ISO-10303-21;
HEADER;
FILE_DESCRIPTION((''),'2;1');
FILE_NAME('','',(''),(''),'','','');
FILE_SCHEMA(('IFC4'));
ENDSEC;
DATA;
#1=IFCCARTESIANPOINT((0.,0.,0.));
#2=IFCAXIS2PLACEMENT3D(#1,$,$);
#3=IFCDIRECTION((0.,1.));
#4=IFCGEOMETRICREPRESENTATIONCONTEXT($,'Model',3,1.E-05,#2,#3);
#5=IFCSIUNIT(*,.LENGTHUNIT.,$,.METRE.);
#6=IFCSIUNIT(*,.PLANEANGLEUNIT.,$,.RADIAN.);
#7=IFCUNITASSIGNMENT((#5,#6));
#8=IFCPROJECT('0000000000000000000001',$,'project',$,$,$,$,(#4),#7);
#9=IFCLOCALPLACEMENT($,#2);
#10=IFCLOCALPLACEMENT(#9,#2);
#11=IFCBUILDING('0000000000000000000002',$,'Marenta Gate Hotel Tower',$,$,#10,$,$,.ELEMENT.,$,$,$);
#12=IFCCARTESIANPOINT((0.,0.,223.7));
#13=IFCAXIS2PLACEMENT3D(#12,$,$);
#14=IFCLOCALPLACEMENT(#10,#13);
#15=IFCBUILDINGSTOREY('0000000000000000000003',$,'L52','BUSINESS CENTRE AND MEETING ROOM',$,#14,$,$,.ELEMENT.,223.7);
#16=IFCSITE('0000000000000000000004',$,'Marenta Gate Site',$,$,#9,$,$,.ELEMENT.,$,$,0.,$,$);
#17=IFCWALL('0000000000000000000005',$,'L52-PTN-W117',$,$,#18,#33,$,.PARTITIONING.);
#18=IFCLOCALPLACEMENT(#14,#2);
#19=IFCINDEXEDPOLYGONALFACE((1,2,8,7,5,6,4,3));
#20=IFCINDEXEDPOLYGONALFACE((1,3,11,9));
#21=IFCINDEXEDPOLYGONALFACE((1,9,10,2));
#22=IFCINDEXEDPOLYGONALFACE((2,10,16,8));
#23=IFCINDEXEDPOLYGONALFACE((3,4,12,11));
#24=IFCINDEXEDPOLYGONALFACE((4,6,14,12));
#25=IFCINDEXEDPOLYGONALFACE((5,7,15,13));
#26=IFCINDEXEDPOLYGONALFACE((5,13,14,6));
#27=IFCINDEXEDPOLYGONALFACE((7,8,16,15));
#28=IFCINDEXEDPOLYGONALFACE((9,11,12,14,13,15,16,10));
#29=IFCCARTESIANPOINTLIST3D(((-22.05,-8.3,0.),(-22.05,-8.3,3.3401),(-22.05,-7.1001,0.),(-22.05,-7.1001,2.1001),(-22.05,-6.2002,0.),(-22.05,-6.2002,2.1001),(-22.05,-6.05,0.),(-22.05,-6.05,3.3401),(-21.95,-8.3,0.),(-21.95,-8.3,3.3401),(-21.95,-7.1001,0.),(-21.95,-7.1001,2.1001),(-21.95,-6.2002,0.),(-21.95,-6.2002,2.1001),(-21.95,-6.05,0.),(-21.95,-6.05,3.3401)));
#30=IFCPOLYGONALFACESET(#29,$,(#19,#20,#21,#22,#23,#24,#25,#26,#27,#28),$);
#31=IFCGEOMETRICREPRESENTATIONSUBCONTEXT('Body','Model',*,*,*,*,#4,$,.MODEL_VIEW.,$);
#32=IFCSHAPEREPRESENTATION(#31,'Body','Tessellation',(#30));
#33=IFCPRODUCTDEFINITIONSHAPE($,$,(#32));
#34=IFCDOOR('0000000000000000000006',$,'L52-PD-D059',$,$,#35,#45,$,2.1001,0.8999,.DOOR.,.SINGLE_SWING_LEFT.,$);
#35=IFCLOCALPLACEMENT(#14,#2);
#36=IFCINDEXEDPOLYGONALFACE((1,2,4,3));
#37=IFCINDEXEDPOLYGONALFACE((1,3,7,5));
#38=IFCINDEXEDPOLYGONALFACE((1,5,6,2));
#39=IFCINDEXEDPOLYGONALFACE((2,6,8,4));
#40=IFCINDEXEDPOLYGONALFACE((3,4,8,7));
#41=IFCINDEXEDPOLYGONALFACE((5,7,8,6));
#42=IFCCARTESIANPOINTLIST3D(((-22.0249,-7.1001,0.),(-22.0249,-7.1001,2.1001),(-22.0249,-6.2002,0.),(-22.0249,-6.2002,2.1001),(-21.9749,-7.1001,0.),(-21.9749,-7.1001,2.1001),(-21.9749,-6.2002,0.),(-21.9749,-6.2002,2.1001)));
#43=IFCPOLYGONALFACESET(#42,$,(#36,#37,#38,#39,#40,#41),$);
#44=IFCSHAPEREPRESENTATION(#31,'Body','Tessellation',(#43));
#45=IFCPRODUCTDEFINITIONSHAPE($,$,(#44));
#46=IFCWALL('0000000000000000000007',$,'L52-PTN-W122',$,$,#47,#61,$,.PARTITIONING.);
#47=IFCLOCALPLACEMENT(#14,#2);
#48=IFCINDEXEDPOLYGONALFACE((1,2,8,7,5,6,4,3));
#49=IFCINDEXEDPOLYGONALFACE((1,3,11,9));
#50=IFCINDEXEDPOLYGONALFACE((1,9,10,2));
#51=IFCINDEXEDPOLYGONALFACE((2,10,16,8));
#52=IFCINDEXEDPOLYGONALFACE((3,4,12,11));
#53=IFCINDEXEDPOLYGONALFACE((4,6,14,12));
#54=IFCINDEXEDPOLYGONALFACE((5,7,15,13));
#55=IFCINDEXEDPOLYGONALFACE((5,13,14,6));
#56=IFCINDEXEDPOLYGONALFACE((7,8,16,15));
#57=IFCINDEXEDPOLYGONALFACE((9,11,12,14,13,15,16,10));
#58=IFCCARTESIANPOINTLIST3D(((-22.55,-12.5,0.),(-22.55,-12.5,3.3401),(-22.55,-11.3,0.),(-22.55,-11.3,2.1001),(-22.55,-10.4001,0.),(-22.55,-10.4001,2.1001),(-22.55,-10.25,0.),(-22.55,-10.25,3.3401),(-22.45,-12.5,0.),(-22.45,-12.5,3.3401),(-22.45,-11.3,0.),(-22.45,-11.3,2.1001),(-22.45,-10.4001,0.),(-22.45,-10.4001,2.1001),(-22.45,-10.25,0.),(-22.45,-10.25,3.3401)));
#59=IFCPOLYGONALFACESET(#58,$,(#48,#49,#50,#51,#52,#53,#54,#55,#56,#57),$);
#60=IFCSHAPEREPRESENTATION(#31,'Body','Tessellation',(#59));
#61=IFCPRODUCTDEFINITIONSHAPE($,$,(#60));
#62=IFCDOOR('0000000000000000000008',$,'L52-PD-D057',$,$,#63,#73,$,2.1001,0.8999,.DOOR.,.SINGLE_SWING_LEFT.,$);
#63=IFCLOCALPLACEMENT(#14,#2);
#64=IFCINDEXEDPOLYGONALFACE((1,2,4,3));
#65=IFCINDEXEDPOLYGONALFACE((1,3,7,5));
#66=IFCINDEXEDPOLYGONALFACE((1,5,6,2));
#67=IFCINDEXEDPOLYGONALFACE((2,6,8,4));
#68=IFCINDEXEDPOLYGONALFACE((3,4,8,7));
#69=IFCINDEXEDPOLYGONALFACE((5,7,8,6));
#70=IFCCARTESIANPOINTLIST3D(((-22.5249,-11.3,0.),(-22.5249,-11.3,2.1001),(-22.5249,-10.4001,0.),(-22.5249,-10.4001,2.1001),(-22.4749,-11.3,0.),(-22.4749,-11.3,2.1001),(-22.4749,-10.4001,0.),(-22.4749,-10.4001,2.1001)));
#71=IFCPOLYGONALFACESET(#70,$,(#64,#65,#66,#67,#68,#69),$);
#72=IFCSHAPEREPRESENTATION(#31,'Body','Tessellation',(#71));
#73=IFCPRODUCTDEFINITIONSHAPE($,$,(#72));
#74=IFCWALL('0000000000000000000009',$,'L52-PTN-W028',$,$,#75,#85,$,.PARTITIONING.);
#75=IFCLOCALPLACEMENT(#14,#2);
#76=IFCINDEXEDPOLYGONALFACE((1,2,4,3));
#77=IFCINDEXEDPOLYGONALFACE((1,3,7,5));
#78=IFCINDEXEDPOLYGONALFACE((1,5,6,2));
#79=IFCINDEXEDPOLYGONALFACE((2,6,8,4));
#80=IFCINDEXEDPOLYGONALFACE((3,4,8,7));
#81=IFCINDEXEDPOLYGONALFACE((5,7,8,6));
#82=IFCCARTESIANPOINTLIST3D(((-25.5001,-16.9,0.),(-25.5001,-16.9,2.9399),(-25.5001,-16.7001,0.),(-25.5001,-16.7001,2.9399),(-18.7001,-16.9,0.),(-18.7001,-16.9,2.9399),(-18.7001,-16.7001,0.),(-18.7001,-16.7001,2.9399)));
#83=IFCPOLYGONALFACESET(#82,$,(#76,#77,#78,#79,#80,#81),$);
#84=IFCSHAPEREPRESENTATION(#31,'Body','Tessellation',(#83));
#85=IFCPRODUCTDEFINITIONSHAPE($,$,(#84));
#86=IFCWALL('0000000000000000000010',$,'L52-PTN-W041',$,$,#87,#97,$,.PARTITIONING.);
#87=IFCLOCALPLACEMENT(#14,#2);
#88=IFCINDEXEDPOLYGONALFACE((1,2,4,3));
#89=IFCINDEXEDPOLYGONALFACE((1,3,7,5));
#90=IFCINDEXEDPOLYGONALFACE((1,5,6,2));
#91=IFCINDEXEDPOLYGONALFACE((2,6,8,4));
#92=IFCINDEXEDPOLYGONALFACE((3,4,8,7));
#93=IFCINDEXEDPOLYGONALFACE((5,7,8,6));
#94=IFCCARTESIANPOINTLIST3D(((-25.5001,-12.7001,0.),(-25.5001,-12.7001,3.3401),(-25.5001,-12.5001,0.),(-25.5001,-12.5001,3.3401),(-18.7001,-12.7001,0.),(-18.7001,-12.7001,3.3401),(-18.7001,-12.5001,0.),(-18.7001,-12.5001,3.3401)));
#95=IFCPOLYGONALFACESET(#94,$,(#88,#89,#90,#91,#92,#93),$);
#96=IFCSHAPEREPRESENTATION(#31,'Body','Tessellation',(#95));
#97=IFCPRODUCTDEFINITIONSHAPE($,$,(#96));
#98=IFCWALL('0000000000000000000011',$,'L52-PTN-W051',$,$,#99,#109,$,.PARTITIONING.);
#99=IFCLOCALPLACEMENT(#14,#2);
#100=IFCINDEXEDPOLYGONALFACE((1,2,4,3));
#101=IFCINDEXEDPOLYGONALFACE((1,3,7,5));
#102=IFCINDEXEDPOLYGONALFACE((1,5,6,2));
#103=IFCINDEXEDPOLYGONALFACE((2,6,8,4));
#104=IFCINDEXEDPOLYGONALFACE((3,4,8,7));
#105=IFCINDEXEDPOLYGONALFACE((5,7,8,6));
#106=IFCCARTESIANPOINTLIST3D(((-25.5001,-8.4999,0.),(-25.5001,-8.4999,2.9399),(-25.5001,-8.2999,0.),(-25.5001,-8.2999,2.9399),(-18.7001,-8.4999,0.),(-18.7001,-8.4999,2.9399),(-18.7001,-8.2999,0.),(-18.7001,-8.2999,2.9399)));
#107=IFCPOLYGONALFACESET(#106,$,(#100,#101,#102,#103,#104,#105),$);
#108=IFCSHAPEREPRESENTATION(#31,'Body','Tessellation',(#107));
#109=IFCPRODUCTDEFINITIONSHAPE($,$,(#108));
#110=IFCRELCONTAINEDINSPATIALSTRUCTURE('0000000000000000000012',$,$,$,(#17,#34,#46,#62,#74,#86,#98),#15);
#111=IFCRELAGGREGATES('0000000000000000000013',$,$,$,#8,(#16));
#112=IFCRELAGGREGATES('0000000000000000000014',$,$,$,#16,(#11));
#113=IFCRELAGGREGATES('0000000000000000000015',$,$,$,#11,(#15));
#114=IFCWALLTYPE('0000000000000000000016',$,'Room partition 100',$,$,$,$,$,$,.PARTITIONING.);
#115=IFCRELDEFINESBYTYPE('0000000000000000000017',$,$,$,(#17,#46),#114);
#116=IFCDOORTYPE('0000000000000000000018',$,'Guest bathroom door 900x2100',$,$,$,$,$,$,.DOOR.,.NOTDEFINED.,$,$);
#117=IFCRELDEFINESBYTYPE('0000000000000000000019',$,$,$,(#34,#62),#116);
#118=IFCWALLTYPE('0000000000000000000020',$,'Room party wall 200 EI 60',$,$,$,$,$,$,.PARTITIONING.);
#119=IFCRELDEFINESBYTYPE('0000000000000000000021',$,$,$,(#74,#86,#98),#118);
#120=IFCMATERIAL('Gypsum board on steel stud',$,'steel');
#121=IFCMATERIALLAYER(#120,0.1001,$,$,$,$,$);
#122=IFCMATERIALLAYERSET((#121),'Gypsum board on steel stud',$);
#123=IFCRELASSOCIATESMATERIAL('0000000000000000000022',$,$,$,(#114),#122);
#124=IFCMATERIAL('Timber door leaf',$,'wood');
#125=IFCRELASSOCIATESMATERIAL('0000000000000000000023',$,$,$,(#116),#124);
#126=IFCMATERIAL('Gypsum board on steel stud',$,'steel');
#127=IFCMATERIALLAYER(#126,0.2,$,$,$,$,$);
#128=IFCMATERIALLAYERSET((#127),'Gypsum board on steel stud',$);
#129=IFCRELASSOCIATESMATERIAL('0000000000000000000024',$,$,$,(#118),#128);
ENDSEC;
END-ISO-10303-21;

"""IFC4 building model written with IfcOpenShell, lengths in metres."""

from ifc_helpers import new_model, si_unit, direction, frame, frame_2d, origin, place, context, subcontext, project, spatial, rectangle, extrude, material, layer, layer_set, type_object, element, fill, save


model = new_model("IFC4")

# Units and contexts
model_context = context("Model", 3, precision=1e-05, world=origin(), true_north=direction((0.0, 1.0)))
body_context = subcontext(model_context, "Body", "Model", "MODEL_VIEW")
ifc_project = project(units=[si_unit("LENGTHUNIT", "METRE"), si_unit("PLANEANGLEUNIT", "RADIAN")], contexts=[model_context])

# Site, building, storey
site_placement = place(None, origin())
site = spatial("IfcSite", under=ifc_project, at=site_placement, Name="Marenta Gate Site", CompositionType="ELEMENT", RefElevation=0.0)
building_placement = place(site_placement, origin())
building = spatial("IfcBuilding", under=site, at=building_placement, Name="Marenta Gate Hotel Tower", CompositionType="ELEMENT")
storey_placement = place(building_placement, frame((0.0, 0.0, 223.7)))
storey = spatial("IfcBuildingStorey", under=building, at=storey_placement, Name="L52", Description="BUSINESS CENTRE AND MEETING ROOM", CompositionType="ELEMENT", Elevation=223.7)

# Shared definitions
ifc_material_1 = material(Name="Gypsum board on steel stud", Category="steel")
ifc_layer_1 = layer(ifc_material_1, 0.1001)
ifc_layer_set_1 = layer_set([ifc_layer_1], Name="Gypsum board on steel stud")
wall_type_1 = type_object("IfcWallType", Name="Room partition 100", PredefinedType="PARTITIONING", material=ifc_layer_set_1)

# Walls, openings, doors
ifc_material_2 = material(Name="Timber door leaf", Category="wood")
door_type = type_object("IfcDoorType", Name="Guest bathroom door 900x2100", OperationType="NOTDEFINED", PredefinedType="DOOR", material=ifc_material_2)
wall_1_placement = place(storey_placement, frame((-22.0, -8.3, 0.0), z_axis=(0.0, 0.0, 1.0), x_axis=(0.0, 1.0, 0.0)))
wall_1 = element("IfcWall", 1, at=wall_1_placement, inside=storey, type_object=wall_type_1, Name="L52-PTN-W117", PredefinedType="PARTITIONING", context=body_context, shape_type="SweptSolid", body=[
    extrude(rectangle(XDim=2.25, YDim=0.1001, at=frame_2d((1.125, 0.0))), origin(), (0.0, 0.0, 1.0), 3.3401),
])
opening_1_placement = place(wall_1_placement, frame((1.2, 0.0, 0.0)))
opening_1 = element("IfcOpeningElement", 2, at=opening_1_placement, cuts=wall_1, PredefinedType="OPENING", context=body_context, shape_type="SweptSolid", body=[
    extrude(rectangle(XDim=0.8999, YDim=2.1001, at=frame_2d((0.45, 1.05))), frame((0.0, 0.05, 0.0), z_axis=(0.0, -1.0, 0.0), x_axis=(1.0, 0.0, 0.0)), (0.0, 0.0, 1.0), 0.1001),
])
door_1_placement = place(opening_1_placement, origin())
door_1 = element("IfcDoor", 3, at=door_1_placement, inside=storey, type_object=door_type, Name="L52-PD-D059", OperationType="SINGLE_SWING_LEFT", OverallHeight=2.1001, OverallWidth=0.8999, PredefinedType="DOOR", context=body_context, shape_type="SweptSolid", body=[
    extrude(rectangle(XDim=0.8999, YDim=2.1001, at=frame_2d((0.45, 1.05))), frame((0.0, 0.0249, 0.0), z_axis=(0.0, -1.0, 0.0), x_axis=(1.0, 0.0, 0.0)), (0.0, 0.0, 1.0), 0.05),
])
fill(opening_1, door_1)
wall_2_placement = place(storey_placement, frame((-22.5, -12.5, 0.0), z_axis=(0.0, 0.0, 1.0), x_axis=(0.0, 1.0, 0.0)))
wall_2 = element("IfcWall", 4, at=wall_2_placement, inside=storey, type_object=wall_type_1, Name="L52-PTN-W122", PredefinedType="PARTITIONING", context=body_context, shape_type="SweptSolid", body=[
    extrude(rectangle(XDim=2.25, YDim=0.1001, at=frame_2d((1.125, 0.0))), origin(), (0.0, 0.0, 1.0), 3.3401),
])
opening_2_placement = place(wall_2_placement, frame((1.2, 0.0, 0.0)))
opening_2 = element("IfcOpeningElement", 5, at=opening_2_placement, cuts=wall_2, PredefinedType="OPENING", context=body_context, shape_type="SweptSolid", body=[
    extrude(rectangle(XDim=0.8999, YDim=2.1001, at=frame_2d((0.45, 1.05))), frame((0.0, 0.05, 0.0), z_axis=(0.0, -1.0, 0.0), x_axis=(1.0, 0.0, 0.0)), (0.0, 0.0, 1.0), 0.1001),
])
door_2_placement = place(opening_2_placement, origin())
door_2 = element("IfcDoor", 6, at=door_2_placement, inside=storey, type_object=door_type, Name="L52-PD-D057", OperationType="SINGLE_SWING_LEFT", OverallHeight=2.1001, OverallWidth=0.8999, PredefinedType="DOOR", context=body_context, shape_type="SweptSolid", body=[
    extrude(rectangle(XDim=0.8999, YDim=2.1001, at=frame_2d((0.45, 1.05))), frame((0.0, 0.0249, 0.0), z_axis=(0.0, -1.0, 0.0), x_axis=(1.0, 0.0, 0.0)), (0.0, 0.0, 1.0), 0.05),
])
fill(opening_2, door_2)

# Walls
ifc_material_3 = material(Name="Gypsum board on steel stud", Category="steel")
ifc_layer_2 = layer(ifc_material_3, 0.2)
ifc_layer_set_2 = layer_set([ifc_layer_2], Name="Gypsum board on steel stud")
wall_type_2 = type_object("IfcWallType", Name="Room party wall 200 EI 60", PredefinedType="PARTITIONING", material=ifc_layer_set_2)
wall_3_placement = place(storey_placement, frame((-25.5, -16.8, 0.0), z_axis=(0.0, 0.0, 1.0), x_axis=(1.0, 0.0, 0.0)))
element("IfcWall", 7, at=wall_3_placement, inside=storey, type_object=wall_type_2, Name="L52-PTN-W028", PredefinedType="PARTITIONING", context=body_context, shape_type="SweptSolid", body=[
    extrude(rectangle(XDim=6.8, YDim=0.2, at=frame_2d((3.3999, 0.0))), origin(), (0.0, 0.0, 1.0), 2.9399),
])
wall_4_placement = place(storey_placement, frame((-25.5, -12.6001, 0.0), z_axis=(0.0, 0.0, 1.0), x_axis=(1.0, 0.0, 0.0)))
element("IfcWall", 8, at=wall_4_placement, inside=storey, type_object=wall_type_2, Name="L52-PTN-W041", PredefinedType="PARTITIONING", context=body_context, shape_type="SweptSolid", body=[
    extrude(rectangle(XDim=6.8, YDim=0.2, at=frame_2d((3.3999, 0.0))), origin(), (0.0, 0.0, 1.0), 3.3401),
])
wall_5_placement = place(storey_placement, frame((-25.5, -8.3999, 0.0), z_axis=(0.0, 0.0, 1.0), x_axis=(1.0, 0.0, 0.0)))
element("IfcWall", 9, at=wall_5_placement, inside=storey, type_object=wall_type_2, Name="L52-PTN-W051", PredefinedType="PARTITIONING", context=body_context, shape_type="SweptSolid", body=[
    extrude(rectangle(XDim=6.8, YDim=0.2, at=frame_2d((3.3999, 0.0))), origin(), (0.0, 0.0, 1.0), 2.9399),
])

save(model, "model.ifc")
